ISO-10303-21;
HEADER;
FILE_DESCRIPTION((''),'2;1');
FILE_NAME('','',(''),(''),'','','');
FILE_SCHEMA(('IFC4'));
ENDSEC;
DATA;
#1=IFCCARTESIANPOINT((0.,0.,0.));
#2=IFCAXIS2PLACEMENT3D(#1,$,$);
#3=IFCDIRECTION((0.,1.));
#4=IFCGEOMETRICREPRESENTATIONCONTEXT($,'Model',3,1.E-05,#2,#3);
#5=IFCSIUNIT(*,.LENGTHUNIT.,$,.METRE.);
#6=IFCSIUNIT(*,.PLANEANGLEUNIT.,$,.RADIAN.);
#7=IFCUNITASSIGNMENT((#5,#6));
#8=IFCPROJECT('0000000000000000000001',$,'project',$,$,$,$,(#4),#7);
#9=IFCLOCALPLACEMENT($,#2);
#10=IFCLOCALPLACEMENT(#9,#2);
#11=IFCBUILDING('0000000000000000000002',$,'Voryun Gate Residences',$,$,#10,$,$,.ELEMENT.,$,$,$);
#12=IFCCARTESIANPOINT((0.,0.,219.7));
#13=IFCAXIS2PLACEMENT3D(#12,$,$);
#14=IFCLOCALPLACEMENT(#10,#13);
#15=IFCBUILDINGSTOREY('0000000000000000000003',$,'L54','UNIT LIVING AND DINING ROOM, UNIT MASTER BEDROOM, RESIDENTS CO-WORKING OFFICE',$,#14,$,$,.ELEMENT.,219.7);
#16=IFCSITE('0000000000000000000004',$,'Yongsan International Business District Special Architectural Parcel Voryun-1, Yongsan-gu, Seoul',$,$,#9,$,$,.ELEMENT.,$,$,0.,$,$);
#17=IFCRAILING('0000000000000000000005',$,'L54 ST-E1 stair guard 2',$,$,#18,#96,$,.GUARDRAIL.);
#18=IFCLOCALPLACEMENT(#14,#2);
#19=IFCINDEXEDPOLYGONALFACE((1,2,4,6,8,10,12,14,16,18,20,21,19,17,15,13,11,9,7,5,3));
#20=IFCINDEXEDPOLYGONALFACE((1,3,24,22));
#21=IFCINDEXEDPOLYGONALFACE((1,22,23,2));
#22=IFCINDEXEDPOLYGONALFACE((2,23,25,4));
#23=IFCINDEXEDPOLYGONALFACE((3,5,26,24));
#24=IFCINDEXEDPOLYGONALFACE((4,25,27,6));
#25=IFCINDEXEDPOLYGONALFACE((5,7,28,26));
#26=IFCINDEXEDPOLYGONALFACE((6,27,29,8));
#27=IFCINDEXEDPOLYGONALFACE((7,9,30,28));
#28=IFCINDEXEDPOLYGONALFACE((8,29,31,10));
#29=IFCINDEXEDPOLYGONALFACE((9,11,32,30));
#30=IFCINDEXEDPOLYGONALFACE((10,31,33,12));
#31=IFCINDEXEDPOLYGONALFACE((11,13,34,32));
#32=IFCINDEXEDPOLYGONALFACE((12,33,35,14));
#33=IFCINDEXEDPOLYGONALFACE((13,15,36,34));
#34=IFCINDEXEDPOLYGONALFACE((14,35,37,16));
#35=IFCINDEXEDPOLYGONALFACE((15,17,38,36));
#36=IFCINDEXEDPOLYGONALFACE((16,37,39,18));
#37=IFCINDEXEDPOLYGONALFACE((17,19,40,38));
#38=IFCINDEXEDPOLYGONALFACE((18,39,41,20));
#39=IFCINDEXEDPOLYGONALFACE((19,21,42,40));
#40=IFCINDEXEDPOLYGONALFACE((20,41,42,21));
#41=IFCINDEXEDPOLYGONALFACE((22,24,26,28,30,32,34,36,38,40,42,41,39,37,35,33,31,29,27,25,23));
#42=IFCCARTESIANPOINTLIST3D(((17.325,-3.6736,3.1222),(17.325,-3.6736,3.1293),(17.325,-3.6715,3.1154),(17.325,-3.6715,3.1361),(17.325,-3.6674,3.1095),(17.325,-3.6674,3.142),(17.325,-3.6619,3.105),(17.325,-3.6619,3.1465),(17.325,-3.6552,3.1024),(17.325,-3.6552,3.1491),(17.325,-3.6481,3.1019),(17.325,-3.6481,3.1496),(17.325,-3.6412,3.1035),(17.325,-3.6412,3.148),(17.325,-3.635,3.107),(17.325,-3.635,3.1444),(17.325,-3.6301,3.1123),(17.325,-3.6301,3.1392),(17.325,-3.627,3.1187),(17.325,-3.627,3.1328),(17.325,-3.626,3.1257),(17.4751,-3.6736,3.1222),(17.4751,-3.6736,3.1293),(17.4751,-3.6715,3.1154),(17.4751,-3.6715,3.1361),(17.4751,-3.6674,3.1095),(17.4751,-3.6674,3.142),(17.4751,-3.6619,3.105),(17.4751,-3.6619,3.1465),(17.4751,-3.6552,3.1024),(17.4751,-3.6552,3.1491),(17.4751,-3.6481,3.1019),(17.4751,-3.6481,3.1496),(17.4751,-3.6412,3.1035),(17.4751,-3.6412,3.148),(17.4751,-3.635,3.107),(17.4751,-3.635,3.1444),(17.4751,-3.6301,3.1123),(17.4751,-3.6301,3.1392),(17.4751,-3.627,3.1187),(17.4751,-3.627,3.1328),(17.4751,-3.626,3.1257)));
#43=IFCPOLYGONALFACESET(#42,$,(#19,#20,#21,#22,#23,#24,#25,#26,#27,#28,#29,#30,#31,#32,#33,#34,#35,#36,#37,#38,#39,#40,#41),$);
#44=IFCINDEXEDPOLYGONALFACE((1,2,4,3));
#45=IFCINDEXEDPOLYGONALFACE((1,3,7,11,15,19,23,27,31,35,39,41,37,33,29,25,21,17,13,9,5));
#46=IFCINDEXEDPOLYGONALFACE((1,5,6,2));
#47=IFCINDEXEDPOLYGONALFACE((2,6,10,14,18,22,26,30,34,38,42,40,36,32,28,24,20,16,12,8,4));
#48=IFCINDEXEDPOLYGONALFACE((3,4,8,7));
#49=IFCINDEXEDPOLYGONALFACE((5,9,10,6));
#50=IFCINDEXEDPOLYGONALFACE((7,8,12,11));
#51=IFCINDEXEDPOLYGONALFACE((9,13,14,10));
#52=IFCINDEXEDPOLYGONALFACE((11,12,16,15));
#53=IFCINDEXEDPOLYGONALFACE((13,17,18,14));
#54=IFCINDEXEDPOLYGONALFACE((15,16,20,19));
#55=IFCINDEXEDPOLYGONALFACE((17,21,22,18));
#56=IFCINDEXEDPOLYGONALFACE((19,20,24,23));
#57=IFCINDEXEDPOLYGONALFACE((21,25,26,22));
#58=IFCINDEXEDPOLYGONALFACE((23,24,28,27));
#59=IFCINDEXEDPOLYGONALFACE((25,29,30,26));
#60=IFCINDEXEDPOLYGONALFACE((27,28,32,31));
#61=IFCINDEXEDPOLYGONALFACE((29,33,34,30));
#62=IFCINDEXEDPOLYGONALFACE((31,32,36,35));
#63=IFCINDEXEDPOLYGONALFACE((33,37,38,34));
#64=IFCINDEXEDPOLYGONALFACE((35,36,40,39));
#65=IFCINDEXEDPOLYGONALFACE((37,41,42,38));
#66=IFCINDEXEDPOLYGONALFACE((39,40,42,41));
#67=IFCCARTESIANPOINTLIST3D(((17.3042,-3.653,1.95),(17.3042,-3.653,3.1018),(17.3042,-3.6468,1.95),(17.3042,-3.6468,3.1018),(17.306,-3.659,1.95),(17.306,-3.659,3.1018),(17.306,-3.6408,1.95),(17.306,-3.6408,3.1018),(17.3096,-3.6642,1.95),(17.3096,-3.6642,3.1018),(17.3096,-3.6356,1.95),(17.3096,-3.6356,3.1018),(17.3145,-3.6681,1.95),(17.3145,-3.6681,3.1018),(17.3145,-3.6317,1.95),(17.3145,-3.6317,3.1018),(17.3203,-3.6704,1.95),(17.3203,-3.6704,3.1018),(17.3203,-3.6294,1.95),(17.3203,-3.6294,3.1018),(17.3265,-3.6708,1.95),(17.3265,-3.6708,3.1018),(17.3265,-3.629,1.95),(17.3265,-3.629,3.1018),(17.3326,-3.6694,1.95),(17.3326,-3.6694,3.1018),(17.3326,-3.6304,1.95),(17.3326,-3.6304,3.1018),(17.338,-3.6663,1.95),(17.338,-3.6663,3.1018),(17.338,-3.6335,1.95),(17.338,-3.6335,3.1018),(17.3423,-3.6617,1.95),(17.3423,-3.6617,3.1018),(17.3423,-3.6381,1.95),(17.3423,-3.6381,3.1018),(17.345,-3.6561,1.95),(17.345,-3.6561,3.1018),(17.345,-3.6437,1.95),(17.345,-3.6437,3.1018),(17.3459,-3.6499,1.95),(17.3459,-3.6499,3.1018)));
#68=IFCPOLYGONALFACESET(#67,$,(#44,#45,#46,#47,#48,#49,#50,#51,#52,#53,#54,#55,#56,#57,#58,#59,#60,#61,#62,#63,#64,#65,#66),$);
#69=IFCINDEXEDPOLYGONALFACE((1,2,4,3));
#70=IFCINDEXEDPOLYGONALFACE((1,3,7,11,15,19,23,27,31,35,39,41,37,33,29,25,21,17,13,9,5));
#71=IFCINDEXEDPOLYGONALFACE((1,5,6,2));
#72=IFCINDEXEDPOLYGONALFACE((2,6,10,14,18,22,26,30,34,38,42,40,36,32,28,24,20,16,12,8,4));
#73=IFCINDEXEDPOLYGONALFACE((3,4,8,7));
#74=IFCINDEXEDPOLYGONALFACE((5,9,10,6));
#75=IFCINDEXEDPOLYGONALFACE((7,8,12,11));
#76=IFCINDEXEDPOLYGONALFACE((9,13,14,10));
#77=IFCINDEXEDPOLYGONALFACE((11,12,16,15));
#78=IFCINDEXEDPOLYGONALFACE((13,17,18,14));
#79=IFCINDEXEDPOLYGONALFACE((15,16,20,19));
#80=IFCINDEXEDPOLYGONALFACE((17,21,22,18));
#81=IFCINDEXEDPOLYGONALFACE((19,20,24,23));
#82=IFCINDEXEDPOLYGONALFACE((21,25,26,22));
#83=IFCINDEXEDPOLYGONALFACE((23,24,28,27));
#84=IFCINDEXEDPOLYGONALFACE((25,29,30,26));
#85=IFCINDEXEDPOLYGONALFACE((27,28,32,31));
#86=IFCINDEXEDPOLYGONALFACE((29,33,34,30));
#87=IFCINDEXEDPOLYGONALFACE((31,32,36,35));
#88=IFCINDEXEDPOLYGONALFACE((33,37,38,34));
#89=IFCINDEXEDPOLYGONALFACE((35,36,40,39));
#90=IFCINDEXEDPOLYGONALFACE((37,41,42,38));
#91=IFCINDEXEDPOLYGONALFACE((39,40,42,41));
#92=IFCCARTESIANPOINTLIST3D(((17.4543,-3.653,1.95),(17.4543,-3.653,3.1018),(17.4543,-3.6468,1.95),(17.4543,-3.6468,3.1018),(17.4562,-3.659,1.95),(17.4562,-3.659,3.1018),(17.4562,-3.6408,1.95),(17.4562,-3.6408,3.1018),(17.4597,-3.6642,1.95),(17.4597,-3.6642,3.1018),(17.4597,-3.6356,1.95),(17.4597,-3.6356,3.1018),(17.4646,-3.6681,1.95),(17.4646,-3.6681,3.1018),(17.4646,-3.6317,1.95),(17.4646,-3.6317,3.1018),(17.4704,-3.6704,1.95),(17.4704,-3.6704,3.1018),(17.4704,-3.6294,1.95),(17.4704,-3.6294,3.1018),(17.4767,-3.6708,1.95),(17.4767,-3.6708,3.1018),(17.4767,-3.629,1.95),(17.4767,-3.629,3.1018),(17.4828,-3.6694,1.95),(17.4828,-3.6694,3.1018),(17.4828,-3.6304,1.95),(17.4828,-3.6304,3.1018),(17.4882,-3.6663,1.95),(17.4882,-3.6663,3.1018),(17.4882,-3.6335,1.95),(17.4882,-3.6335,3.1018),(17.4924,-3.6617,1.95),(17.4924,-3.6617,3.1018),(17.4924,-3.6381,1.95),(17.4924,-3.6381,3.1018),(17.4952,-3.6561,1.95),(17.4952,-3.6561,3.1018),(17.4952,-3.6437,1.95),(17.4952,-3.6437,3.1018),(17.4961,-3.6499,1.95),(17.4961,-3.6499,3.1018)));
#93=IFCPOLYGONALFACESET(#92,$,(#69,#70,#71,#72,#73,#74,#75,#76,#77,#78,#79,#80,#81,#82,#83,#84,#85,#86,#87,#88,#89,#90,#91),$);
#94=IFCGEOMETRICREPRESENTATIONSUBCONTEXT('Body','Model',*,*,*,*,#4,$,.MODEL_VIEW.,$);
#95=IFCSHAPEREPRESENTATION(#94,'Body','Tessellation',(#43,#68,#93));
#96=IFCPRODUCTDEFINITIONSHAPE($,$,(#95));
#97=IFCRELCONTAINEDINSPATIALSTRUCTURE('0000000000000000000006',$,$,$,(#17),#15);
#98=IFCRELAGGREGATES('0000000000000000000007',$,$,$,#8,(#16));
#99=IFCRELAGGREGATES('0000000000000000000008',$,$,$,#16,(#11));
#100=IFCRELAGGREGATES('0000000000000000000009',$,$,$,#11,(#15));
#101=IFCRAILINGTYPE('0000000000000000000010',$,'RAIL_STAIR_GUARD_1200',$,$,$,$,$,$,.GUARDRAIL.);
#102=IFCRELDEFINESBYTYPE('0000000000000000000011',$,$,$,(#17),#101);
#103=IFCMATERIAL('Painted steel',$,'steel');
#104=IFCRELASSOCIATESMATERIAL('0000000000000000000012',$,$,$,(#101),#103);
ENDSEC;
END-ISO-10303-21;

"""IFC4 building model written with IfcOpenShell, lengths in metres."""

from ifc_helpers import new_model, si_unit, direction, frame, origin, origin_2d, place, context, subcontext, project, spatial, circle, extrude, material, type_object, element, save


model = new_model("IFC4")

# Units and contexts
model_context = context("Model", 3, precision=1e-05, world=origin(), true_north=direction((0.0, 1.0)))
body_context = subcontext(model_context, "Body", "Model", "MODEL_VIEW")
ifc_project = project(units=[si_unit("LENGTHUNIT", "METRE"), si_unit("PLANEANGLEUNIT", "RADIAN")], contexts=[model_context])

# Site, building, storey
site_placement = place(None, origin())
site = spatial("IfcSite", under=ifc_project, at=site_placement, Name="Yongsan International Business District Special Architectural Parcel Voryun-1, Yongsan-gu, Seoul", CompositionType="ELEMENT", RefElevation=0.0)
building_placement = place(site_placement, origin())
building = spatial("IfcBuilding", under=site, at=building_placement, Name="Voryun Gate Residences", CompositionType="ELEMENT")
storey_placement = place(building_placement, frame((0.0, 0.0, 219.7)))
storey = spatial("IfcBuildingStorey", under=building, at=storey_placement, Name="L54", Description="UNIT LIVING AND DINING ROOM, UNIT MASTER BEDROOM, RESIDENTS CO-WORKING OFFICE", CompositionType="ELEMENT", Elevation=219.7)

# Railing
ifc_material_1 = material(Name="Painted steel", Category="steel")
railing_type_1 = type_object("IfcRailingType", Name="RAIL_STAIR_GUARD_1200", PredefinedType="GUARDRAIL", material=ifc_material_1)
railing_1_placement = place(storey_placement, frame((17.325, -3.6499, 1.95)))
element("IfcRailing", 1, at=railing_1_placement, inside=storey, type_object=railing_type_1, Name="L54 ST-E1 stair guard 2", PredefinedType="GUARDRAIL", context=body_context, shape_type="SweptSolid", body=[
    extrude(circle(Radius=0.0239, at=origin_2d()), frame((0.0, 0.0, 1.1758), z_axis=(1.0, 0.0, 0.0), x_axis=(0.0, 1.0, 0.0)), (0.0, 0.0, 1.0), 0.1501),
    extrude(circle(Radius=0.021, at=origin_2d()), origin(), (0.0, 0.0, 1.0), 1.1519),
    extrude(circle(Radius=0.021, at=origin_2d()), frame((0.1501, 0.0, 0.0)), (0.0, 0.0, 1.0), 1.1519),
])

save(model, "model.ifc")
